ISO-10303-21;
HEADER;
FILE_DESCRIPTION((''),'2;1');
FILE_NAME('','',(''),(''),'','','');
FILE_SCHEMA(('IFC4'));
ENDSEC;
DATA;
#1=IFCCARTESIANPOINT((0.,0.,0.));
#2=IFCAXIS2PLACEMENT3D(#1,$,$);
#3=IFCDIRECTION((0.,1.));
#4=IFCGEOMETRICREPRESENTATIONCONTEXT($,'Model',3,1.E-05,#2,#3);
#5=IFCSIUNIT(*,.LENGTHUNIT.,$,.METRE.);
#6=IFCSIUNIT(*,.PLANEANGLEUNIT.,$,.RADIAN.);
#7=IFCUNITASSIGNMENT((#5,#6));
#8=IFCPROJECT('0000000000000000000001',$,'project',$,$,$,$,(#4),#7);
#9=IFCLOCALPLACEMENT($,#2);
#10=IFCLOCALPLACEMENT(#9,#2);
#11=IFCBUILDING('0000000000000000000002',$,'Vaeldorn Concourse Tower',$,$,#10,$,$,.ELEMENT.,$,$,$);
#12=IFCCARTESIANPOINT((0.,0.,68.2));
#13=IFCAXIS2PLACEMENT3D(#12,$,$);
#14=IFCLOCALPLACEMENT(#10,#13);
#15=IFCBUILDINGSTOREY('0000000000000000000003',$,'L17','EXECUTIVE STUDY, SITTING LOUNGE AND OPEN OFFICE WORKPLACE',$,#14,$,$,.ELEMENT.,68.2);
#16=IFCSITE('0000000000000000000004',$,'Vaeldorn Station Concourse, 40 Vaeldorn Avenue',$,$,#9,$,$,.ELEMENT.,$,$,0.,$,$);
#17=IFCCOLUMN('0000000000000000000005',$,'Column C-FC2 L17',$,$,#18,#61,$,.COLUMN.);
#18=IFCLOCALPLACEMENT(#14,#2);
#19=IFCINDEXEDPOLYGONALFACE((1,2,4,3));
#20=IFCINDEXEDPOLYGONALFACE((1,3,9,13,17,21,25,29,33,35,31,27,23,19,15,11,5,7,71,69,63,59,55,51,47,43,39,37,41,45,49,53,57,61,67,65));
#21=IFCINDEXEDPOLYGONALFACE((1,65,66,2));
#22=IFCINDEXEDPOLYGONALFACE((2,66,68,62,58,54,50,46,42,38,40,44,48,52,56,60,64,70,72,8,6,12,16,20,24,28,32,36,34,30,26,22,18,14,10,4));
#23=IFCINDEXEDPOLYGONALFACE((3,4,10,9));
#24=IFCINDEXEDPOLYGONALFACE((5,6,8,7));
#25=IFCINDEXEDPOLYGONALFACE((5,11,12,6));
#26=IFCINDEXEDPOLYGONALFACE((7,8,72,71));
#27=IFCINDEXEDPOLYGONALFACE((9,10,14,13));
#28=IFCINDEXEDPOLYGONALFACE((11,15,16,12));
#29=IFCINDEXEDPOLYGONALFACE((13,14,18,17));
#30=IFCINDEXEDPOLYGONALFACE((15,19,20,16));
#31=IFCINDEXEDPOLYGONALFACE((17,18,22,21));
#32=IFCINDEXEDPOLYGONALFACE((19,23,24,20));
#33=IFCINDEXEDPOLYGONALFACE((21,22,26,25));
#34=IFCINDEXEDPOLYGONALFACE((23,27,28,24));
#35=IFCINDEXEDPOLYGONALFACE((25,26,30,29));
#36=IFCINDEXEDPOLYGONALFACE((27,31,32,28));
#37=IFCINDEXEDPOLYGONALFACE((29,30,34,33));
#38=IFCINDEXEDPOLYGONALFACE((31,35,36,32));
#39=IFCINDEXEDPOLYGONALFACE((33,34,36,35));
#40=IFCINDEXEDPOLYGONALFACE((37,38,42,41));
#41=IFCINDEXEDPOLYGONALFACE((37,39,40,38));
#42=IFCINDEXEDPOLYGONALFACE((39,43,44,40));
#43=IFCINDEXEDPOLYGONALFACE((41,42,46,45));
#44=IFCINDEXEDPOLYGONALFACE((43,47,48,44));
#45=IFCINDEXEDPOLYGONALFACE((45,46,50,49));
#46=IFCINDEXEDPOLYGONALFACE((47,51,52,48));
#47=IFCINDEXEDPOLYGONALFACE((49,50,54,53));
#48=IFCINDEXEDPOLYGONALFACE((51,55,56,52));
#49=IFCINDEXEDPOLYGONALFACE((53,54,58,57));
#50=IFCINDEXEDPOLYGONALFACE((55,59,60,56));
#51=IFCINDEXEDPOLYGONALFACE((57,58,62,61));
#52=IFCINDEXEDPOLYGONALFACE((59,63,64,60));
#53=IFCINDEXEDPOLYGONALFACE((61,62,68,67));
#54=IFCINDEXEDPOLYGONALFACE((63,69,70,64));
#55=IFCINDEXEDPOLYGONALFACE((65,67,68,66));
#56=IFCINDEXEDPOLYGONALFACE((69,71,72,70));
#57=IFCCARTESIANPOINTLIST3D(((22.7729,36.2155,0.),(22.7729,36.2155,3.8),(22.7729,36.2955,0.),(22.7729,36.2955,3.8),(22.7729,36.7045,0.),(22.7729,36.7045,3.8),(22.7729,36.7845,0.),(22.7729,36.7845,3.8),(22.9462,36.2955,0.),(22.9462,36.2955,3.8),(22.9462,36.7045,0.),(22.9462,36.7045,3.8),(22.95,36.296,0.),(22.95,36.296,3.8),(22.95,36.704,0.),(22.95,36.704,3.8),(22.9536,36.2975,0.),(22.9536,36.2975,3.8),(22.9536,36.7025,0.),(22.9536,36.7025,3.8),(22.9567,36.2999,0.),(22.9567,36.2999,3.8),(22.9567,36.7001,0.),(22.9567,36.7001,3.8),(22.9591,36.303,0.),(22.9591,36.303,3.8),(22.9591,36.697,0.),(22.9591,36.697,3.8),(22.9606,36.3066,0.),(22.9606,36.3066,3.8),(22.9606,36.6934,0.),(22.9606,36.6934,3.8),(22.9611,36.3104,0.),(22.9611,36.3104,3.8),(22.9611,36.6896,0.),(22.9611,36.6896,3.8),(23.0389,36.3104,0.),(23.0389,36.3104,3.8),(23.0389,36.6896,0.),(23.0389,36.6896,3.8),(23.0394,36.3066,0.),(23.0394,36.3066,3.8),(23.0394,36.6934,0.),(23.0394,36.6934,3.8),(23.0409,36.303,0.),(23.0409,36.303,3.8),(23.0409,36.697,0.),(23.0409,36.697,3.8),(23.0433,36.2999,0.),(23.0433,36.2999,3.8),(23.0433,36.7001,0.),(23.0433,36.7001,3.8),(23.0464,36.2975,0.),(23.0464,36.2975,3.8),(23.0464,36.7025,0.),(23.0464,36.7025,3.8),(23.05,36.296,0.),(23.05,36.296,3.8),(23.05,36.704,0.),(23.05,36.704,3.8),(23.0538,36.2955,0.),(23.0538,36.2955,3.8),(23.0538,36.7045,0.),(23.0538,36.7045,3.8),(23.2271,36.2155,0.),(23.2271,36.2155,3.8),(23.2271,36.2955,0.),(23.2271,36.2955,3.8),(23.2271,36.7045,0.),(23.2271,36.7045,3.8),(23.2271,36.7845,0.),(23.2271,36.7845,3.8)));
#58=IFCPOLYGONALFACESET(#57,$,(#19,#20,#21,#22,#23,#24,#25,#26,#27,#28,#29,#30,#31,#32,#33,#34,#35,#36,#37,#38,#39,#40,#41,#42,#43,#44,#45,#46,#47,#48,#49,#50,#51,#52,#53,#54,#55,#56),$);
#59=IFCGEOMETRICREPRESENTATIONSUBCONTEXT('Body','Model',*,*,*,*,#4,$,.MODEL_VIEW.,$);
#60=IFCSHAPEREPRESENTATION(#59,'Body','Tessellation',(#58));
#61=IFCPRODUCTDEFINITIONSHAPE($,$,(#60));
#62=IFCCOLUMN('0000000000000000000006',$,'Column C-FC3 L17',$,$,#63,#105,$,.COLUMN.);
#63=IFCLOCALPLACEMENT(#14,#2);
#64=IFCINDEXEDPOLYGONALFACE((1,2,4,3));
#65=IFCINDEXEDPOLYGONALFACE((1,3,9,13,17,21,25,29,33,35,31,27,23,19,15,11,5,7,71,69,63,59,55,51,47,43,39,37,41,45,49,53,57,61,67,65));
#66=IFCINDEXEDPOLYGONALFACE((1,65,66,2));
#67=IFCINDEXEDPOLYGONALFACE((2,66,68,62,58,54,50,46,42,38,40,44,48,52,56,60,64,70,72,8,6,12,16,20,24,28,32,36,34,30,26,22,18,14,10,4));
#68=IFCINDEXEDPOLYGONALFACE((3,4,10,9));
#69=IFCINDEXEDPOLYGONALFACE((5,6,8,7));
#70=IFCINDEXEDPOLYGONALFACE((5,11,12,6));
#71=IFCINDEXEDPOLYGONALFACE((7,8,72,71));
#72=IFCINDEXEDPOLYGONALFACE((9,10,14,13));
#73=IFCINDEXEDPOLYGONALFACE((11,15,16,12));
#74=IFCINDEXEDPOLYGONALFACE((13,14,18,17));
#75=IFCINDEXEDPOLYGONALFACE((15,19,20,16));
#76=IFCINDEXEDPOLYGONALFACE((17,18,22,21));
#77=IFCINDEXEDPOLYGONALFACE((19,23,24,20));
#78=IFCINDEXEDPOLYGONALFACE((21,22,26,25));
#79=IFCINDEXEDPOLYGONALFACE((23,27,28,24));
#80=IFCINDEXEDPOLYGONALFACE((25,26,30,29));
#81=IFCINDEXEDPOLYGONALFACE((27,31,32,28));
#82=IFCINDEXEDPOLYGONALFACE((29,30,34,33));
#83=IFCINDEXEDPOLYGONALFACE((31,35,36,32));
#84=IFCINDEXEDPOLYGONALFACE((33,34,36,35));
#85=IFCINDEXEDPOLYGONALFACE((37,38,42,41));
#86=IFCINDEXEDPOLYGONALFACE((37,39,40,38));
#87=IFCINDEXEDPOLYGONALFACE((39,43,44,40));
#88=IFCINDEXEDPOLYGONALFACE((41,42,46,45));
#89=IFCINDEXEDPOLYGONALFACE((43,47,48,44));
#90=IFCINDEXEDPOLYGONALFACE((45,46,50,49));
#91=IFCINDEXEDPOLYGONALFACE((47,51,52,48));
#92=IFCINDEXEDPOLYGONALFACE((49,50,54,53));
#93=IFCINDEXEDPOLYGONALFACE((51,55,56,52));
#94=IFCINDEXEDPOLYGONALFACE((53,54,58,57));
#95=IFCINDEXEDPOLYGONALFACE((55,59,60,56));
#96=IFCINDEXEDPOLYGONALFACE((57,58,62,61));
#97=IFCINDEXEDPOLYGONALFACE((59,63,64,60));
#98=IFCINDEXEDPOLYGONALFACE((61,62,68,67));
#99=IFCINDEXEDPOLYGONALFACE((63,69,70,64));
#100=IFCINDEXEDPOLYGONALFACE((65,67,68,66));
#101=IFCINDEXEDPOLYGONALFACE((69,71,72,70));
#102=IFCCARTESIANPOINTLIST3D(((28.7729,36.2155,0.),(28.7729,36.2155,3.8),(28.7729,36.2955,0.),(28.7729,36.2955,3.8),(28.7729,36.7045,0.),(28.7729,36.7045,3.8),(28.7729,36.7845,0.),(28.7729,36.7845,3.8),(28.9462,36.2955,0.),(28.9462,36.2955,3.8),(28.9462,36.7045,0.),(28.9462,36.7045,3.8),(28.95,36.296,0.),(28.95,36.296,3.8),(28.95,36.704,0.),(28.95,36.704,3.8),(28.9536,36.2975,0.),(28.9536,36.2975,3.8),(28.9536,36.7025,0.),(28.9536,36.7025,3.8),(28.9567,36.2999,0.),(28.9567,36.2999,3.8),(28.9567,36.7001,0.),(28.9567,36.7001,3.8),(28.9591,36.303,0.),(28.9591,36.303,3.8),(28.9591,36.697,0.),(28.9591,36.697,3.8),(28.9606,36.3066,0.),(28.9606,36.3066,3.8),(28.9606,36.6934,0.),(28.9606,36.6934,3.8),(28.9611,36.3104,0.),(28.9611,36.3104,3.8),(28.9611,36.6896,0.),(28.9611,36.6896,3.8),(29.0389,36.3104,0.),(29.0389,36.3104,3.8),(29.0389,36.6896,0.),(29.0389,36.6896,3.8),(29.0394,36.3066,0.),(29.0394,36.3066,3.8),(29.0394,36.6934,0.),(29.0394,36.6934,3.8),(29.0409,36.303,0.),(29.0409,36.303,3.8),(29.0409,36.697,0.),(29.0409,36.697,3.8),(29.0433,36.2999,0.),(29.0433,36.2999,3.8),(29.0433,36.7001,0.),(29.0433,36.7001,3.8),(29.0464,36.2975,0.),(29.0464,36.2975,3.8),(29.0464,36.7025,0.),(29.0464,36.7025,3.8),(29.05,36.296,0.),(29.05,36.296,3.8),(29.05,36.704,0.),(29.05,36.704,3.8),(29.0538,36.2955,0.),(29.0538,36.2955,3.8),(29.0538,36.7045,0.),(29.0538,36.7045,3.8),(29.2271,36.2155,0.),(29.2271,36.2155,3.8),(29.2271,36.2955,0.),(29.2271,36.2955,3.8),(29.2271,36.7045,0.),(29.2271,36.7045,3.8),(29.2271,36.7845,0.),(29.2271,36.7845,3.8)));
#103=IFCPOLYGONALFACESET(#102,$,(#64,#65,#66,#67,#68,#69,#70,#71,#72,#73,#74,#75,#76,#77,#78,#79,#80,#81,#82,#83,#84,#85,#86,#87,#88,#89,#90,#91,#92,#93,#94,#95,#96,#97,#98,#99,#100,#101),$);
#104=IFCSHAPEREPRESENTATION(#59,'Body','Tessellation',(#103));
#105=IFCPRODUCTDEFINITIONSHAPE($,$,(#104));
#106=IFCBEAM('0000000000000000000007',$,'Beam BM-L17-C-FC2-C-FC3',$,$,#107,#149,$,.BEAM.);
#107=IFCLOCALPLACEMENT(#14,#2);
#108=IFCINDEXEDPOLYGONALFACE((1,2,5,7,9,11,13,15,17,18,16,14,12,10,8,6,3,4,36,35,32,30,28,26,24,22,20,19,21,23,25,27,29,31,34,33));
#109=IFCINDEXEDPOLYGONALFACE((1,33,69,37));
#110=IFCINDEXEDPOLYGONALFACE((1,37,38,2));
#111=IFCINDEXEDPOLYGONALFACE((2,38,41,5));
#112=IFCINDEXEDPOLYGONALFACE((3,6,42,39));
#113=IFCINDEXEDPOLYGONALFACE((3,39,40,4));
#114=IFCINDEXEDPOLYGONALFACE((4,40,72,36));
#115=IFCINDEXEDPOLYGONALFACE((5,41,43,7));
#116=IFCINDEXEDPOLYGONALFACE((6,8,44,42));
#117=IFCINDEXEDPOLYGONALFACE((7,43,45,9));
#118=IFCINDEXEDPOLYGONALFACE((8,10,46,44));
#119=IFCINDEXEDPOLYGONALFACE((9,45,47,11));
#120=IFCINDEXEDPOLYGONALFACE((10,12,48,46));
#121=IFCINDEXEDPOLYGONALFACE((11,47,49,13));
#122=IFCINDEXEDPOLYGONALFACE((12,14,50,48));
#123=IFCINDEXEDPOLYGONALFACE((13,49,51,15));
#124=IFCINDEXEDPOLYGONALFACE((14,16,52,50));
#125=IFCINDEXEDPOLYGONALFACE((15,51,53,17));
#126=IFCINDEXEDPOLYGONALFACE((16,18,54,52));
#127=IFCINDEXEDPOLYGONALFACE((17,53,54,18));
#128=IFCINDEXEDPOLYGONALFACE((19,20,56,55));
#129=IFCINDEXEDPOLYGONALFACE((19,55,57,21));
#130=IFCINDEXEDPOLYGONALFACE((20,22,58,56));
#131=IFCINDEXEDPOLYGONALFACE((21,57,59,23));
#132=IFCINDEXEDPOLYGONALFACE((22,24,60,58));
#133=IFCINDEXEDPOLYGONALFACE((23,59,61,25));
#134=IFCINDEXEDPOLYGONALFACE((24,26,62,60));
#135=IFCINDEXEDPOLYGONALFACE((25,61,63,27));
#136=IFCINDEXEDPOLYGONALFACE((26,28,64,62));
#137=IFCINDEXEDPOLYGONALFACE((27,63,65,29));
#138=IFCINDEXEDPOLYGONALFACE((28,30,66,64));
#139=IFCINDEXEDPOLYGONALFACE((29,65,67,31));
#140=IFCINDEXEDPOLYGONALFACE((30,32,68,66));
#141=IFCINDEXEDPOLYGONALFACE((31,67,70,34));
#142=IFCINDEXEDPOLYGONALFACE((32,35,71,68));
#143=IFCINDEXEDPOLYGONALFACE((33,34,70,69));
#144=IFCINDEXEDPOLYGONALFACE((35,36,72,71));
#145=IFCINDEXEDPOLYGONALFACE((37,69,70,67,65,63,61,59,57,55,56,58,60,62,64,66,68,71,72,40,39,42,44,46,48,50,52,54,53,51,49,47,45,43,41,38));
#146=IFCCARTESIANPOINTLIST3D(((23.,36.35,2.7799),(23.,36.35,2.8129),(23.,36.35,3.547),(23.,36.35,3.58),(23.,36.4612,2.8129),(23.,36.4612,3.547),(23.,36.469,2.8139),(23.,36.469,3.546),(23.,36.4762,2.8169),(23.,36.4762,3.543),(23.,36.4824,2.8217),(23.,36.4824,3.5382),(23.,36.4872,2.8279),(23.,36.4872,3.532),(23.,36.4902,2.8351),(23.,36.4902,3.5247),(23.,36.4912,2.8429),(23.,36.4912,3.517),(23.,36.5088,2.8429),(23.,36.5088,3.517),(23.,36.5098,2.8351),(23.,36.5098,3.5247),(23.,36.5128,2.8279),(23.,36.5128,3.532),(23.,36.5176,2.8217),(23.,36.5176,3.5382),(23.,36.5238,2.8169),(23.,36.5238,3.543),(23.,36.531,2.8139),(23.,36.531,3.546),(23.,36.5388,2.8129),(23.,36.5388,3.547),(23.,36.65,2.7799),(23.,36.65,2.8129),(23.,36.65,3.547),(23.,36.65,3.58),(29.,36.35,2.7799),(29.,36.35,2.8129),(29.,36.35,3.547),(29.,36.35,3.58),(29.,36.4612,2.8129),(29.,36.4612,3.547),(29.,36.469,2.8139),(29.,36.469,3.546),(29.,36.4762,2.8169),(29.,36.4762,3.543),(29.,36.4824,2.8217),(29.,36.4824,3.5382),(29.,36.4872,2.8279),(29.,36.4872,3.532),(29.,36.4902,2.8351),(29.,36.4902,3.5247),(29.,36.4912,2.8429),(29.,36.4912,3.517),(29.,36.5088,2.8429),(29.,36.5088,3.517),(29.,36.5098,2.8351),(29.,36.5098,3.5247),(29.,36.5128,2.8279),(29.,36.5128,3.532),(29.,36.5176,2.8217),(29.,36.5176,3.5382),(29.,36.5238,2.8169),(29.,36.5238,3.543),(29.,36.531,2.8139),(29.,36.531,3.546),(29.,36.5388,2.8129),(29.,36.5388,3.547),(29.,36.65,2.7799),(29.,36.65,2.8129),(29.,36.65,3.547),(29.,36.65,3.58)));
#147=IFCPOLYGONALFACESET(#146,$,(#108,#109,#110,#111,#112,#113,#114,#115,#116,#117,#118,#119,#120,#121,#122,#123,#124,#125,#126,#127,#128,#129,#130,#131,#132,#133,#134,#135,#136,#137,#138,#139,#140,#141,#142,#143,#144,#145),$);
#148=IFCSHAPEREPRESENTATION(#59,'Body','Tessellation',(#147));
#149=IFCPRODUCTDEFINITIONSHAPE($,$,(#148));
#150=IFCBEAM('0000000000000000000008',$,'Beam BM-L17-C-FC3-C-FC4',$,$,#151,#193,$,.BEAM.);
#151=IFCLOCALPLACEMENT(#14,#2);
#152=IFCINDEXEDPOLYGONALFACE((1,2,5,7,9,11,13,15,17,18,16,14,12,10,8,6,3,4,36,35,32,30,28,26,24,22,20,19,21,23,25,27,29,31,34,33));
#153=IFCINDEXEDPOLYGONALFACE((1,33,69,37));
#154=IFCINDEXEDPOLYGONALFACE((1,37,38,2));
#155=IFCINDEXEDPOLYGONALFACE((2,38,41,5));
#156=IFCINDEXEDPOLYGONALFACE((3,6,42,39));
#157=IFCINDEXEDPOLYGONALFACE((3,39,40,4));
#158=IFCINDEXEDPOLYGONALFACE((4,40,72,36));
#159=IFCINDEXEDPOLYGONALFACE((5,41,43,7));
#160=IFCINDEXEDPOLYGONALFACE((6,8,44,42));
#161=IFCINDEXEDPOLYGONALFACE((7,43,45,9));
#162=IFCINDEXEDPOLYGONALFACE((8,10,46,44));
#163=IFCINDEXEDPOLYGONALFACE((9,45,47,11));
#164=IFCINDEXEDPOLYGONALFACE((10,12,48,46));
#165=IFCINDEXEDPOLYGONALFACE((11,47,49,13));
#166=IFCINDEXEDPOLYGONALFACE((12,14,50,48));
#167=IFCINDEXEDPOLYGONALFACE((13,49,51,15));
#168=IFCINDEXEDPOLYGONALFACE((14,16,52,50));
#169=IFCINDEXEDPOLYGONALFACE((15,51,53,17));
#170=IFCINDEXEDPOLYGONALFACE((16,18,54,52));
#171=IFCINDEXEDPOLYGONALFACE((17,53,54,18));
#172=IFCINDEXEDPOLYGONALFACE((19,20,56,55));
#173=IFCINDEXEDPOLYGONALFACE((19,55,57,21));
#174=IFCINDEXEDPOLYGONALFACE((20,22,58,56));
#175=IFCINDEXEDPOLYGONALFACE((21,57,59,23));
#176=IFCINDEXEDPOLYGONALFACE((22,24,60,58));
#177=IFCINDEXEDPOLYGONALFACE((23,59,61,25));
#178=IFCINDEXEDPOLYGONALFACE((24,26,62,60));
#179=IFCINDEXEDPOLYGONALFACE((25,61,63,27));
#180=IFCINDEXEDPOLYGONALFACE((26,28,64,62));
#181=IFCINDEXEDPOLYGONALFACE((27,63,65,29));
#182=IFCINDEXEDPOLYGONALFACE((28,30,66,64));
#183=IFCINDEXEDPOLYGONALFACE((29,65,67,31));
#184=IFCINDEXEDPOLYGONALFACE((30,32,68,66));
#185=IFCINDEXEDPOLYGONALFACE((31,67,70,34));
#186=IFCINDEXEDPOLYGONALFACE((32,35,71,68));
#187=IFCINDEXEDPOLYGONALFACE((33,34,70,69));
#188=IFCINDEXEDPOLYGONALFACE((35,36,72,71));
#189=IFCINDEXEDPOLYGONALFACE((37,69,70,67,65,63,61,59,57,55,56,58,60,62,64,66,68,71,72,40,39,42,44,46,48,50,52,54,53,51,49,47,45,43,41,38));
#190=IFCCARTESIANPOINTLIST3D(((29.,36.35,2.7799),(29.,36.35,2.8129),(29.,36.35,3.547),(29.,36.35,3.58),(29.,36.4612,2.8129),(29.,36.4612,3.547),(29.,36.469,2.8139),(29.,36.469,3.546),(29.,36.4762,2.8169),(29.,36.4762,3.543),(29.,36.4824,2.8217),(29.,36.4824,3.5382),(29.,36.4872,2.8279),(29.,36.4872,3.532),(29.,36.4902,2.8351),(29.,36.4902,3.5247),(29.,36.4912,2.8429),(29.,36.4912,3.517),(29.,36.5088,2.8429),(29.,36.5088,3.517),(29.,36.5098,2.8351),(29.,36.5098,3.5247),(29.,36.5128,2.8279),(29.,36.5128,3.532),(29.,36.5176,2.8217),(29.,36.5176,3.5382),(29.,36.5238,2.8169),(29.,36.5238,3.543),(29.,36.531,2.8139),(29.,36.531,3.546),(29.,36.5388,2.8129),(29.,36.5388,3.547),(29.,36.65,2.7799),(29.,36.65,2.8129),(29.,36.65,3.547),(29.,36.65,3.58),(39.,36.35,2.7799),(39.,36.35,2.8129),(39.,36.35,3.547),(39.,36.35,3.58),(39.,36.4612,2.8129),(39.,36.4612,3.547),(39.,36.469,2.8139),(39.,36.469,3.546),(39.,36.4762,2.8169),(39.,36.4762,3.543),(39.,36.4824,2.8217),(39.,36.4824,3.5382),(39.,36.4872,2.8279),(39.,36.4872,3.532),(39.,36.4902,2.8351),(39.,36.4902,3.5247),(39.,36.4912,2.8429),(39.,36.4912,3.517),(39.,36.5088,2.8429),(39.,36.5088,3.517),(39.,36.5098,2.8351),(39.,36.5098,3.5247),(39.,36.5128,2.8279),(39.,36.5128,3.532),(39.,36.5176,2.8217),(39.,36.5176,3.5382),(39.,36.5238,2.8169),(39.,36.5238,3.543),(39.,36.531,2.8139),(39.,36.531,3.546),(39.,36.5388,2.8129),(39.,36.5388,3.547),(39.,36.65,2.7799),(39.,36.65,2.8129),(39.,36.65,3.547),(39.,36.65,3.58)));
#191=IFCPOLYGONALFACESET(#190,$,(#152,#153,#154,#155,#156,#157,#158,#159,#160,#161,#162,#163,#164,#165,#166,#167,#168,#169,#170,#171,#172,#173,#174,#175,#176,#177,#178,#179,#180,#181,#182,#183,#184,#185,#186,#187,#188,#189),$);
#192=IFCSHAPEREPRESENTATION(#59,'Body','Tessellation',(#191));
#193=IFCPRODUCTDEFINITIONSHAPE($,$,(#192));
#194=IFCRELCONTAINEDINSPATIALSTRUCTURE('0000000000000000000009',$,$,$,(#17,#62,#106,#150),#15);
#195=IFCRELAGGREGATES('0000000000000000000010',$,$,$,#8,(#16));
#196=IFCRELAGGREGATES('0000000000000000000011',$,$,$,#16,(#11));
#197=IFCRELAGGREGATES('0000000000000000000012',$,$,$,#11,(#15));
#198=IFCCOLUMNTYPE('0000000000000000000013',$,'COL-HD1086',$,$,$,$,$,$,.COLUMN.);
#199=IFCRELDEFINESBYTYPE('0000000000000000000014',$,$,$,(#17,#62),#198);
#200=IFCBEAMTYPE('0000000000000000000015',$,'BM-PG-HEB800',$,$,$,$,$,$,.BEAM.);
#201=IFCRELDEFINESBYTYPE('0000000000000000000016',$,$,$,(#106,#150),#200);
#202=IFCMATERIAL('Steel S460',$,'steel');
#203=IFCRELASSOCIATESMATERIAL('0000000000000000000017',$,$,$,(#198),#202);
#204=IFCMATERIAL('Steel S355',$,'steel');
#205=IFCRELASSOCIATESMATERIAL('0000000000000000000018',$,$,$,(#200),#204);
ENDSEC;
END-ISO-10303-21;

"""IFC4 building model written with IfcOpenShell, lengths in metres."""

from ifc_helpers import new_model, si_unit, direction, frame, origin, origin_2d, place, context, subcontext, project, spatial, i_section, extrude, source, transform, mapped, material, material_profile, profile_set, type_object, element, save


model = new_model("IFC4")

# Units and contexts
model_context = context("Model", 3, precision=1e-05, world=origin(), true_north=direction((0.0, 1.0)))
body_context = subcontext(model_context, "Body", "Model", "MODEL_VIEW")
ifc_project = project(units=[si_unit("LENGTHUNIT", "METRE"), si_unit("PLANEANGLEUNIT", "RADIAN")], contexts=[model_context])

# Site, building, storey
site_placement = place(None, origin())
site = spatial("IfcSite", under=ifc_project, at=site_placement, Name="Vaeldorn Station Concourse, 40 Vaeldorn Avenue", CompositionType="ELEMENT", RefElevation=0.0)
building_placement = place(site_placement, origin())
building = spatial("IfcBuilding", under=site, at=building_placement, Name="Vaeldorn Concourse Tower", CompositionType="ELEMENT")
storey_placement = place(building_placement, frame((0.0, 0.0, 68.2)))
storey = spatial("IfcBuildingStorey", under=building, at=storey_placement, Name="L17", Description="EXECUTIVE STUDY, SITTING LOUNGE AND OPEN OFFICE WORKPLACE", CompositionType="ELEMENT", Elevation=68.2)

# Columns
ifc_material_1 = material(Name="Steel S460", Category="steel")
ifc_material_profile_1 = material_profile(ifc_material_1, i_section(OverallWidth=0.4541, OverallDepth=0.5691, WebThickness=0.0779, FlangeThickness=0.0801, FilletRadius=0.0149, at=origin_2d()), Name="HD 400x1086")
ifc_profile_set_1 = profile_set([ifc_material_profile_1], Name="Steel S460")
column_type = type_object("IfcColumnType", Name="COL-HD1086", PredefinedType="COLUMN", material=ifc_profile_set_1)
shared_shape_1 = source(origin(), body_context, "Body", "SweptSolid", [
    extrude(i_section(OverallWidth=0.4541, OverallDepth=0.5691, WebThickness=0.0779, FlangeThickness=0.0801, FilletRadius=0.0149, at=origin_2d()), origin(), (0.0, 0.0, 1.0), 3.8),
])
for number, where, z_axis, x_axis, name in (
    (1, (23.0, 36.5, 0.0), (0.0, 0.0, 1.0), (1.0, 0.0, 0.0), "Column C-FC2 L17"),
    (2, (29.0, 36.5, 0.0), (0.0, 0.0, 1.0), (1.0, 0.0, 0.0), "Column C-FC3 L17"),
):
    element("IfcColumn", number, at=place(storey_placement, frame(where, z_axis=z_axis, x_axis=x_axis)), inside=storey, type_object=column_type, Name=name, PredefinedType="COLUMN", context=body_context, shape_type="MappedRepresentation", body=[
        mapped(shared_shape_1, transform((0.0, 0.0, 0.0), scale=1.0)),
    ])

# Beams
ifc_material_2 = material(Name="Steel S355", Category="steel")
ifc_material_profile_2 = material_profile(ifc_material_2, i_section(OverallWidth=0.3, OverallDepth=0.8, WebThickness=0.0176, FlangeThickness=0.033, FilletRadius=0.03, at=origin_2d()), Name="HEB 800")
ifc_profile_set_2 = profile_set([ifc_material_profile_2], Name="Steel S355")
beam_type_1 = type_object("IfcBeamType", Name="BM-PG-HEB800", PredefinedType="BEAM", material=ifc_profile_set_2)
shared_shape_2 = source(origin(), body_context, "Body", "SweptSolid", [
    extrude(i_section(OverallWidth=0.3, OverallDepth=0.8, WebThickness=0.0176, FlangeThickness=0.033, FilletRadius=0.03, at=origin_2d()), origin(), (0.0, 0.0, 1.0), 6.0),
])
beam_1_placement = place(storey_placement, frame((23.0, 36.5, 3.1799), z_axis=(1.0, 0.0, 0.0), x_axis=(0.0, 1.0, 0.0)))
element("IfcBeam", 3, at=beam_1_placement, inside=storey, type_object=beam_type_1, Name="Beam BM-L17-C-FC2-C-FC3", PredefinedType="BEAM", context=body_context, shape_type="MappedRepresentation", body=[
    mapped(shared_shape_2, transform((0.0, 0.0, 0.0), scale=1.0)),
])
shared_shape_3 = source(origin(), body_context, "Body", "SweptSolid", [
    extrude(i_section(OverallWidth=0.3, OverallDepth=0.8, WebThickness=0.0176, FlangeThickness=0.033, FilletRadius=0.03, at=origin_2d()), origin(), (0.0, 0.0, 1.0), 10.0),
])
beam_2_placement = place(storey_placement, frame((29.0, 36.5, 3.1799), z_axis=(1.0, 0.0, 0.0), x_axis=(0.0, 1.0, 0.0)))
element("IfcBeam", 4, at=beam_2_placement, inside=storey, type_object=beam_type_1, Name="Beam BM-L17-C-FC3-C-FC4", PredefinedType="BEAM", context=body_context, shape_type="MappedRepresentation", body=[
    mapped(shared_shape_3, transform((0.0, 0.0, 0.0), scale=1.0)),
])

save(model, "model.ifc")
